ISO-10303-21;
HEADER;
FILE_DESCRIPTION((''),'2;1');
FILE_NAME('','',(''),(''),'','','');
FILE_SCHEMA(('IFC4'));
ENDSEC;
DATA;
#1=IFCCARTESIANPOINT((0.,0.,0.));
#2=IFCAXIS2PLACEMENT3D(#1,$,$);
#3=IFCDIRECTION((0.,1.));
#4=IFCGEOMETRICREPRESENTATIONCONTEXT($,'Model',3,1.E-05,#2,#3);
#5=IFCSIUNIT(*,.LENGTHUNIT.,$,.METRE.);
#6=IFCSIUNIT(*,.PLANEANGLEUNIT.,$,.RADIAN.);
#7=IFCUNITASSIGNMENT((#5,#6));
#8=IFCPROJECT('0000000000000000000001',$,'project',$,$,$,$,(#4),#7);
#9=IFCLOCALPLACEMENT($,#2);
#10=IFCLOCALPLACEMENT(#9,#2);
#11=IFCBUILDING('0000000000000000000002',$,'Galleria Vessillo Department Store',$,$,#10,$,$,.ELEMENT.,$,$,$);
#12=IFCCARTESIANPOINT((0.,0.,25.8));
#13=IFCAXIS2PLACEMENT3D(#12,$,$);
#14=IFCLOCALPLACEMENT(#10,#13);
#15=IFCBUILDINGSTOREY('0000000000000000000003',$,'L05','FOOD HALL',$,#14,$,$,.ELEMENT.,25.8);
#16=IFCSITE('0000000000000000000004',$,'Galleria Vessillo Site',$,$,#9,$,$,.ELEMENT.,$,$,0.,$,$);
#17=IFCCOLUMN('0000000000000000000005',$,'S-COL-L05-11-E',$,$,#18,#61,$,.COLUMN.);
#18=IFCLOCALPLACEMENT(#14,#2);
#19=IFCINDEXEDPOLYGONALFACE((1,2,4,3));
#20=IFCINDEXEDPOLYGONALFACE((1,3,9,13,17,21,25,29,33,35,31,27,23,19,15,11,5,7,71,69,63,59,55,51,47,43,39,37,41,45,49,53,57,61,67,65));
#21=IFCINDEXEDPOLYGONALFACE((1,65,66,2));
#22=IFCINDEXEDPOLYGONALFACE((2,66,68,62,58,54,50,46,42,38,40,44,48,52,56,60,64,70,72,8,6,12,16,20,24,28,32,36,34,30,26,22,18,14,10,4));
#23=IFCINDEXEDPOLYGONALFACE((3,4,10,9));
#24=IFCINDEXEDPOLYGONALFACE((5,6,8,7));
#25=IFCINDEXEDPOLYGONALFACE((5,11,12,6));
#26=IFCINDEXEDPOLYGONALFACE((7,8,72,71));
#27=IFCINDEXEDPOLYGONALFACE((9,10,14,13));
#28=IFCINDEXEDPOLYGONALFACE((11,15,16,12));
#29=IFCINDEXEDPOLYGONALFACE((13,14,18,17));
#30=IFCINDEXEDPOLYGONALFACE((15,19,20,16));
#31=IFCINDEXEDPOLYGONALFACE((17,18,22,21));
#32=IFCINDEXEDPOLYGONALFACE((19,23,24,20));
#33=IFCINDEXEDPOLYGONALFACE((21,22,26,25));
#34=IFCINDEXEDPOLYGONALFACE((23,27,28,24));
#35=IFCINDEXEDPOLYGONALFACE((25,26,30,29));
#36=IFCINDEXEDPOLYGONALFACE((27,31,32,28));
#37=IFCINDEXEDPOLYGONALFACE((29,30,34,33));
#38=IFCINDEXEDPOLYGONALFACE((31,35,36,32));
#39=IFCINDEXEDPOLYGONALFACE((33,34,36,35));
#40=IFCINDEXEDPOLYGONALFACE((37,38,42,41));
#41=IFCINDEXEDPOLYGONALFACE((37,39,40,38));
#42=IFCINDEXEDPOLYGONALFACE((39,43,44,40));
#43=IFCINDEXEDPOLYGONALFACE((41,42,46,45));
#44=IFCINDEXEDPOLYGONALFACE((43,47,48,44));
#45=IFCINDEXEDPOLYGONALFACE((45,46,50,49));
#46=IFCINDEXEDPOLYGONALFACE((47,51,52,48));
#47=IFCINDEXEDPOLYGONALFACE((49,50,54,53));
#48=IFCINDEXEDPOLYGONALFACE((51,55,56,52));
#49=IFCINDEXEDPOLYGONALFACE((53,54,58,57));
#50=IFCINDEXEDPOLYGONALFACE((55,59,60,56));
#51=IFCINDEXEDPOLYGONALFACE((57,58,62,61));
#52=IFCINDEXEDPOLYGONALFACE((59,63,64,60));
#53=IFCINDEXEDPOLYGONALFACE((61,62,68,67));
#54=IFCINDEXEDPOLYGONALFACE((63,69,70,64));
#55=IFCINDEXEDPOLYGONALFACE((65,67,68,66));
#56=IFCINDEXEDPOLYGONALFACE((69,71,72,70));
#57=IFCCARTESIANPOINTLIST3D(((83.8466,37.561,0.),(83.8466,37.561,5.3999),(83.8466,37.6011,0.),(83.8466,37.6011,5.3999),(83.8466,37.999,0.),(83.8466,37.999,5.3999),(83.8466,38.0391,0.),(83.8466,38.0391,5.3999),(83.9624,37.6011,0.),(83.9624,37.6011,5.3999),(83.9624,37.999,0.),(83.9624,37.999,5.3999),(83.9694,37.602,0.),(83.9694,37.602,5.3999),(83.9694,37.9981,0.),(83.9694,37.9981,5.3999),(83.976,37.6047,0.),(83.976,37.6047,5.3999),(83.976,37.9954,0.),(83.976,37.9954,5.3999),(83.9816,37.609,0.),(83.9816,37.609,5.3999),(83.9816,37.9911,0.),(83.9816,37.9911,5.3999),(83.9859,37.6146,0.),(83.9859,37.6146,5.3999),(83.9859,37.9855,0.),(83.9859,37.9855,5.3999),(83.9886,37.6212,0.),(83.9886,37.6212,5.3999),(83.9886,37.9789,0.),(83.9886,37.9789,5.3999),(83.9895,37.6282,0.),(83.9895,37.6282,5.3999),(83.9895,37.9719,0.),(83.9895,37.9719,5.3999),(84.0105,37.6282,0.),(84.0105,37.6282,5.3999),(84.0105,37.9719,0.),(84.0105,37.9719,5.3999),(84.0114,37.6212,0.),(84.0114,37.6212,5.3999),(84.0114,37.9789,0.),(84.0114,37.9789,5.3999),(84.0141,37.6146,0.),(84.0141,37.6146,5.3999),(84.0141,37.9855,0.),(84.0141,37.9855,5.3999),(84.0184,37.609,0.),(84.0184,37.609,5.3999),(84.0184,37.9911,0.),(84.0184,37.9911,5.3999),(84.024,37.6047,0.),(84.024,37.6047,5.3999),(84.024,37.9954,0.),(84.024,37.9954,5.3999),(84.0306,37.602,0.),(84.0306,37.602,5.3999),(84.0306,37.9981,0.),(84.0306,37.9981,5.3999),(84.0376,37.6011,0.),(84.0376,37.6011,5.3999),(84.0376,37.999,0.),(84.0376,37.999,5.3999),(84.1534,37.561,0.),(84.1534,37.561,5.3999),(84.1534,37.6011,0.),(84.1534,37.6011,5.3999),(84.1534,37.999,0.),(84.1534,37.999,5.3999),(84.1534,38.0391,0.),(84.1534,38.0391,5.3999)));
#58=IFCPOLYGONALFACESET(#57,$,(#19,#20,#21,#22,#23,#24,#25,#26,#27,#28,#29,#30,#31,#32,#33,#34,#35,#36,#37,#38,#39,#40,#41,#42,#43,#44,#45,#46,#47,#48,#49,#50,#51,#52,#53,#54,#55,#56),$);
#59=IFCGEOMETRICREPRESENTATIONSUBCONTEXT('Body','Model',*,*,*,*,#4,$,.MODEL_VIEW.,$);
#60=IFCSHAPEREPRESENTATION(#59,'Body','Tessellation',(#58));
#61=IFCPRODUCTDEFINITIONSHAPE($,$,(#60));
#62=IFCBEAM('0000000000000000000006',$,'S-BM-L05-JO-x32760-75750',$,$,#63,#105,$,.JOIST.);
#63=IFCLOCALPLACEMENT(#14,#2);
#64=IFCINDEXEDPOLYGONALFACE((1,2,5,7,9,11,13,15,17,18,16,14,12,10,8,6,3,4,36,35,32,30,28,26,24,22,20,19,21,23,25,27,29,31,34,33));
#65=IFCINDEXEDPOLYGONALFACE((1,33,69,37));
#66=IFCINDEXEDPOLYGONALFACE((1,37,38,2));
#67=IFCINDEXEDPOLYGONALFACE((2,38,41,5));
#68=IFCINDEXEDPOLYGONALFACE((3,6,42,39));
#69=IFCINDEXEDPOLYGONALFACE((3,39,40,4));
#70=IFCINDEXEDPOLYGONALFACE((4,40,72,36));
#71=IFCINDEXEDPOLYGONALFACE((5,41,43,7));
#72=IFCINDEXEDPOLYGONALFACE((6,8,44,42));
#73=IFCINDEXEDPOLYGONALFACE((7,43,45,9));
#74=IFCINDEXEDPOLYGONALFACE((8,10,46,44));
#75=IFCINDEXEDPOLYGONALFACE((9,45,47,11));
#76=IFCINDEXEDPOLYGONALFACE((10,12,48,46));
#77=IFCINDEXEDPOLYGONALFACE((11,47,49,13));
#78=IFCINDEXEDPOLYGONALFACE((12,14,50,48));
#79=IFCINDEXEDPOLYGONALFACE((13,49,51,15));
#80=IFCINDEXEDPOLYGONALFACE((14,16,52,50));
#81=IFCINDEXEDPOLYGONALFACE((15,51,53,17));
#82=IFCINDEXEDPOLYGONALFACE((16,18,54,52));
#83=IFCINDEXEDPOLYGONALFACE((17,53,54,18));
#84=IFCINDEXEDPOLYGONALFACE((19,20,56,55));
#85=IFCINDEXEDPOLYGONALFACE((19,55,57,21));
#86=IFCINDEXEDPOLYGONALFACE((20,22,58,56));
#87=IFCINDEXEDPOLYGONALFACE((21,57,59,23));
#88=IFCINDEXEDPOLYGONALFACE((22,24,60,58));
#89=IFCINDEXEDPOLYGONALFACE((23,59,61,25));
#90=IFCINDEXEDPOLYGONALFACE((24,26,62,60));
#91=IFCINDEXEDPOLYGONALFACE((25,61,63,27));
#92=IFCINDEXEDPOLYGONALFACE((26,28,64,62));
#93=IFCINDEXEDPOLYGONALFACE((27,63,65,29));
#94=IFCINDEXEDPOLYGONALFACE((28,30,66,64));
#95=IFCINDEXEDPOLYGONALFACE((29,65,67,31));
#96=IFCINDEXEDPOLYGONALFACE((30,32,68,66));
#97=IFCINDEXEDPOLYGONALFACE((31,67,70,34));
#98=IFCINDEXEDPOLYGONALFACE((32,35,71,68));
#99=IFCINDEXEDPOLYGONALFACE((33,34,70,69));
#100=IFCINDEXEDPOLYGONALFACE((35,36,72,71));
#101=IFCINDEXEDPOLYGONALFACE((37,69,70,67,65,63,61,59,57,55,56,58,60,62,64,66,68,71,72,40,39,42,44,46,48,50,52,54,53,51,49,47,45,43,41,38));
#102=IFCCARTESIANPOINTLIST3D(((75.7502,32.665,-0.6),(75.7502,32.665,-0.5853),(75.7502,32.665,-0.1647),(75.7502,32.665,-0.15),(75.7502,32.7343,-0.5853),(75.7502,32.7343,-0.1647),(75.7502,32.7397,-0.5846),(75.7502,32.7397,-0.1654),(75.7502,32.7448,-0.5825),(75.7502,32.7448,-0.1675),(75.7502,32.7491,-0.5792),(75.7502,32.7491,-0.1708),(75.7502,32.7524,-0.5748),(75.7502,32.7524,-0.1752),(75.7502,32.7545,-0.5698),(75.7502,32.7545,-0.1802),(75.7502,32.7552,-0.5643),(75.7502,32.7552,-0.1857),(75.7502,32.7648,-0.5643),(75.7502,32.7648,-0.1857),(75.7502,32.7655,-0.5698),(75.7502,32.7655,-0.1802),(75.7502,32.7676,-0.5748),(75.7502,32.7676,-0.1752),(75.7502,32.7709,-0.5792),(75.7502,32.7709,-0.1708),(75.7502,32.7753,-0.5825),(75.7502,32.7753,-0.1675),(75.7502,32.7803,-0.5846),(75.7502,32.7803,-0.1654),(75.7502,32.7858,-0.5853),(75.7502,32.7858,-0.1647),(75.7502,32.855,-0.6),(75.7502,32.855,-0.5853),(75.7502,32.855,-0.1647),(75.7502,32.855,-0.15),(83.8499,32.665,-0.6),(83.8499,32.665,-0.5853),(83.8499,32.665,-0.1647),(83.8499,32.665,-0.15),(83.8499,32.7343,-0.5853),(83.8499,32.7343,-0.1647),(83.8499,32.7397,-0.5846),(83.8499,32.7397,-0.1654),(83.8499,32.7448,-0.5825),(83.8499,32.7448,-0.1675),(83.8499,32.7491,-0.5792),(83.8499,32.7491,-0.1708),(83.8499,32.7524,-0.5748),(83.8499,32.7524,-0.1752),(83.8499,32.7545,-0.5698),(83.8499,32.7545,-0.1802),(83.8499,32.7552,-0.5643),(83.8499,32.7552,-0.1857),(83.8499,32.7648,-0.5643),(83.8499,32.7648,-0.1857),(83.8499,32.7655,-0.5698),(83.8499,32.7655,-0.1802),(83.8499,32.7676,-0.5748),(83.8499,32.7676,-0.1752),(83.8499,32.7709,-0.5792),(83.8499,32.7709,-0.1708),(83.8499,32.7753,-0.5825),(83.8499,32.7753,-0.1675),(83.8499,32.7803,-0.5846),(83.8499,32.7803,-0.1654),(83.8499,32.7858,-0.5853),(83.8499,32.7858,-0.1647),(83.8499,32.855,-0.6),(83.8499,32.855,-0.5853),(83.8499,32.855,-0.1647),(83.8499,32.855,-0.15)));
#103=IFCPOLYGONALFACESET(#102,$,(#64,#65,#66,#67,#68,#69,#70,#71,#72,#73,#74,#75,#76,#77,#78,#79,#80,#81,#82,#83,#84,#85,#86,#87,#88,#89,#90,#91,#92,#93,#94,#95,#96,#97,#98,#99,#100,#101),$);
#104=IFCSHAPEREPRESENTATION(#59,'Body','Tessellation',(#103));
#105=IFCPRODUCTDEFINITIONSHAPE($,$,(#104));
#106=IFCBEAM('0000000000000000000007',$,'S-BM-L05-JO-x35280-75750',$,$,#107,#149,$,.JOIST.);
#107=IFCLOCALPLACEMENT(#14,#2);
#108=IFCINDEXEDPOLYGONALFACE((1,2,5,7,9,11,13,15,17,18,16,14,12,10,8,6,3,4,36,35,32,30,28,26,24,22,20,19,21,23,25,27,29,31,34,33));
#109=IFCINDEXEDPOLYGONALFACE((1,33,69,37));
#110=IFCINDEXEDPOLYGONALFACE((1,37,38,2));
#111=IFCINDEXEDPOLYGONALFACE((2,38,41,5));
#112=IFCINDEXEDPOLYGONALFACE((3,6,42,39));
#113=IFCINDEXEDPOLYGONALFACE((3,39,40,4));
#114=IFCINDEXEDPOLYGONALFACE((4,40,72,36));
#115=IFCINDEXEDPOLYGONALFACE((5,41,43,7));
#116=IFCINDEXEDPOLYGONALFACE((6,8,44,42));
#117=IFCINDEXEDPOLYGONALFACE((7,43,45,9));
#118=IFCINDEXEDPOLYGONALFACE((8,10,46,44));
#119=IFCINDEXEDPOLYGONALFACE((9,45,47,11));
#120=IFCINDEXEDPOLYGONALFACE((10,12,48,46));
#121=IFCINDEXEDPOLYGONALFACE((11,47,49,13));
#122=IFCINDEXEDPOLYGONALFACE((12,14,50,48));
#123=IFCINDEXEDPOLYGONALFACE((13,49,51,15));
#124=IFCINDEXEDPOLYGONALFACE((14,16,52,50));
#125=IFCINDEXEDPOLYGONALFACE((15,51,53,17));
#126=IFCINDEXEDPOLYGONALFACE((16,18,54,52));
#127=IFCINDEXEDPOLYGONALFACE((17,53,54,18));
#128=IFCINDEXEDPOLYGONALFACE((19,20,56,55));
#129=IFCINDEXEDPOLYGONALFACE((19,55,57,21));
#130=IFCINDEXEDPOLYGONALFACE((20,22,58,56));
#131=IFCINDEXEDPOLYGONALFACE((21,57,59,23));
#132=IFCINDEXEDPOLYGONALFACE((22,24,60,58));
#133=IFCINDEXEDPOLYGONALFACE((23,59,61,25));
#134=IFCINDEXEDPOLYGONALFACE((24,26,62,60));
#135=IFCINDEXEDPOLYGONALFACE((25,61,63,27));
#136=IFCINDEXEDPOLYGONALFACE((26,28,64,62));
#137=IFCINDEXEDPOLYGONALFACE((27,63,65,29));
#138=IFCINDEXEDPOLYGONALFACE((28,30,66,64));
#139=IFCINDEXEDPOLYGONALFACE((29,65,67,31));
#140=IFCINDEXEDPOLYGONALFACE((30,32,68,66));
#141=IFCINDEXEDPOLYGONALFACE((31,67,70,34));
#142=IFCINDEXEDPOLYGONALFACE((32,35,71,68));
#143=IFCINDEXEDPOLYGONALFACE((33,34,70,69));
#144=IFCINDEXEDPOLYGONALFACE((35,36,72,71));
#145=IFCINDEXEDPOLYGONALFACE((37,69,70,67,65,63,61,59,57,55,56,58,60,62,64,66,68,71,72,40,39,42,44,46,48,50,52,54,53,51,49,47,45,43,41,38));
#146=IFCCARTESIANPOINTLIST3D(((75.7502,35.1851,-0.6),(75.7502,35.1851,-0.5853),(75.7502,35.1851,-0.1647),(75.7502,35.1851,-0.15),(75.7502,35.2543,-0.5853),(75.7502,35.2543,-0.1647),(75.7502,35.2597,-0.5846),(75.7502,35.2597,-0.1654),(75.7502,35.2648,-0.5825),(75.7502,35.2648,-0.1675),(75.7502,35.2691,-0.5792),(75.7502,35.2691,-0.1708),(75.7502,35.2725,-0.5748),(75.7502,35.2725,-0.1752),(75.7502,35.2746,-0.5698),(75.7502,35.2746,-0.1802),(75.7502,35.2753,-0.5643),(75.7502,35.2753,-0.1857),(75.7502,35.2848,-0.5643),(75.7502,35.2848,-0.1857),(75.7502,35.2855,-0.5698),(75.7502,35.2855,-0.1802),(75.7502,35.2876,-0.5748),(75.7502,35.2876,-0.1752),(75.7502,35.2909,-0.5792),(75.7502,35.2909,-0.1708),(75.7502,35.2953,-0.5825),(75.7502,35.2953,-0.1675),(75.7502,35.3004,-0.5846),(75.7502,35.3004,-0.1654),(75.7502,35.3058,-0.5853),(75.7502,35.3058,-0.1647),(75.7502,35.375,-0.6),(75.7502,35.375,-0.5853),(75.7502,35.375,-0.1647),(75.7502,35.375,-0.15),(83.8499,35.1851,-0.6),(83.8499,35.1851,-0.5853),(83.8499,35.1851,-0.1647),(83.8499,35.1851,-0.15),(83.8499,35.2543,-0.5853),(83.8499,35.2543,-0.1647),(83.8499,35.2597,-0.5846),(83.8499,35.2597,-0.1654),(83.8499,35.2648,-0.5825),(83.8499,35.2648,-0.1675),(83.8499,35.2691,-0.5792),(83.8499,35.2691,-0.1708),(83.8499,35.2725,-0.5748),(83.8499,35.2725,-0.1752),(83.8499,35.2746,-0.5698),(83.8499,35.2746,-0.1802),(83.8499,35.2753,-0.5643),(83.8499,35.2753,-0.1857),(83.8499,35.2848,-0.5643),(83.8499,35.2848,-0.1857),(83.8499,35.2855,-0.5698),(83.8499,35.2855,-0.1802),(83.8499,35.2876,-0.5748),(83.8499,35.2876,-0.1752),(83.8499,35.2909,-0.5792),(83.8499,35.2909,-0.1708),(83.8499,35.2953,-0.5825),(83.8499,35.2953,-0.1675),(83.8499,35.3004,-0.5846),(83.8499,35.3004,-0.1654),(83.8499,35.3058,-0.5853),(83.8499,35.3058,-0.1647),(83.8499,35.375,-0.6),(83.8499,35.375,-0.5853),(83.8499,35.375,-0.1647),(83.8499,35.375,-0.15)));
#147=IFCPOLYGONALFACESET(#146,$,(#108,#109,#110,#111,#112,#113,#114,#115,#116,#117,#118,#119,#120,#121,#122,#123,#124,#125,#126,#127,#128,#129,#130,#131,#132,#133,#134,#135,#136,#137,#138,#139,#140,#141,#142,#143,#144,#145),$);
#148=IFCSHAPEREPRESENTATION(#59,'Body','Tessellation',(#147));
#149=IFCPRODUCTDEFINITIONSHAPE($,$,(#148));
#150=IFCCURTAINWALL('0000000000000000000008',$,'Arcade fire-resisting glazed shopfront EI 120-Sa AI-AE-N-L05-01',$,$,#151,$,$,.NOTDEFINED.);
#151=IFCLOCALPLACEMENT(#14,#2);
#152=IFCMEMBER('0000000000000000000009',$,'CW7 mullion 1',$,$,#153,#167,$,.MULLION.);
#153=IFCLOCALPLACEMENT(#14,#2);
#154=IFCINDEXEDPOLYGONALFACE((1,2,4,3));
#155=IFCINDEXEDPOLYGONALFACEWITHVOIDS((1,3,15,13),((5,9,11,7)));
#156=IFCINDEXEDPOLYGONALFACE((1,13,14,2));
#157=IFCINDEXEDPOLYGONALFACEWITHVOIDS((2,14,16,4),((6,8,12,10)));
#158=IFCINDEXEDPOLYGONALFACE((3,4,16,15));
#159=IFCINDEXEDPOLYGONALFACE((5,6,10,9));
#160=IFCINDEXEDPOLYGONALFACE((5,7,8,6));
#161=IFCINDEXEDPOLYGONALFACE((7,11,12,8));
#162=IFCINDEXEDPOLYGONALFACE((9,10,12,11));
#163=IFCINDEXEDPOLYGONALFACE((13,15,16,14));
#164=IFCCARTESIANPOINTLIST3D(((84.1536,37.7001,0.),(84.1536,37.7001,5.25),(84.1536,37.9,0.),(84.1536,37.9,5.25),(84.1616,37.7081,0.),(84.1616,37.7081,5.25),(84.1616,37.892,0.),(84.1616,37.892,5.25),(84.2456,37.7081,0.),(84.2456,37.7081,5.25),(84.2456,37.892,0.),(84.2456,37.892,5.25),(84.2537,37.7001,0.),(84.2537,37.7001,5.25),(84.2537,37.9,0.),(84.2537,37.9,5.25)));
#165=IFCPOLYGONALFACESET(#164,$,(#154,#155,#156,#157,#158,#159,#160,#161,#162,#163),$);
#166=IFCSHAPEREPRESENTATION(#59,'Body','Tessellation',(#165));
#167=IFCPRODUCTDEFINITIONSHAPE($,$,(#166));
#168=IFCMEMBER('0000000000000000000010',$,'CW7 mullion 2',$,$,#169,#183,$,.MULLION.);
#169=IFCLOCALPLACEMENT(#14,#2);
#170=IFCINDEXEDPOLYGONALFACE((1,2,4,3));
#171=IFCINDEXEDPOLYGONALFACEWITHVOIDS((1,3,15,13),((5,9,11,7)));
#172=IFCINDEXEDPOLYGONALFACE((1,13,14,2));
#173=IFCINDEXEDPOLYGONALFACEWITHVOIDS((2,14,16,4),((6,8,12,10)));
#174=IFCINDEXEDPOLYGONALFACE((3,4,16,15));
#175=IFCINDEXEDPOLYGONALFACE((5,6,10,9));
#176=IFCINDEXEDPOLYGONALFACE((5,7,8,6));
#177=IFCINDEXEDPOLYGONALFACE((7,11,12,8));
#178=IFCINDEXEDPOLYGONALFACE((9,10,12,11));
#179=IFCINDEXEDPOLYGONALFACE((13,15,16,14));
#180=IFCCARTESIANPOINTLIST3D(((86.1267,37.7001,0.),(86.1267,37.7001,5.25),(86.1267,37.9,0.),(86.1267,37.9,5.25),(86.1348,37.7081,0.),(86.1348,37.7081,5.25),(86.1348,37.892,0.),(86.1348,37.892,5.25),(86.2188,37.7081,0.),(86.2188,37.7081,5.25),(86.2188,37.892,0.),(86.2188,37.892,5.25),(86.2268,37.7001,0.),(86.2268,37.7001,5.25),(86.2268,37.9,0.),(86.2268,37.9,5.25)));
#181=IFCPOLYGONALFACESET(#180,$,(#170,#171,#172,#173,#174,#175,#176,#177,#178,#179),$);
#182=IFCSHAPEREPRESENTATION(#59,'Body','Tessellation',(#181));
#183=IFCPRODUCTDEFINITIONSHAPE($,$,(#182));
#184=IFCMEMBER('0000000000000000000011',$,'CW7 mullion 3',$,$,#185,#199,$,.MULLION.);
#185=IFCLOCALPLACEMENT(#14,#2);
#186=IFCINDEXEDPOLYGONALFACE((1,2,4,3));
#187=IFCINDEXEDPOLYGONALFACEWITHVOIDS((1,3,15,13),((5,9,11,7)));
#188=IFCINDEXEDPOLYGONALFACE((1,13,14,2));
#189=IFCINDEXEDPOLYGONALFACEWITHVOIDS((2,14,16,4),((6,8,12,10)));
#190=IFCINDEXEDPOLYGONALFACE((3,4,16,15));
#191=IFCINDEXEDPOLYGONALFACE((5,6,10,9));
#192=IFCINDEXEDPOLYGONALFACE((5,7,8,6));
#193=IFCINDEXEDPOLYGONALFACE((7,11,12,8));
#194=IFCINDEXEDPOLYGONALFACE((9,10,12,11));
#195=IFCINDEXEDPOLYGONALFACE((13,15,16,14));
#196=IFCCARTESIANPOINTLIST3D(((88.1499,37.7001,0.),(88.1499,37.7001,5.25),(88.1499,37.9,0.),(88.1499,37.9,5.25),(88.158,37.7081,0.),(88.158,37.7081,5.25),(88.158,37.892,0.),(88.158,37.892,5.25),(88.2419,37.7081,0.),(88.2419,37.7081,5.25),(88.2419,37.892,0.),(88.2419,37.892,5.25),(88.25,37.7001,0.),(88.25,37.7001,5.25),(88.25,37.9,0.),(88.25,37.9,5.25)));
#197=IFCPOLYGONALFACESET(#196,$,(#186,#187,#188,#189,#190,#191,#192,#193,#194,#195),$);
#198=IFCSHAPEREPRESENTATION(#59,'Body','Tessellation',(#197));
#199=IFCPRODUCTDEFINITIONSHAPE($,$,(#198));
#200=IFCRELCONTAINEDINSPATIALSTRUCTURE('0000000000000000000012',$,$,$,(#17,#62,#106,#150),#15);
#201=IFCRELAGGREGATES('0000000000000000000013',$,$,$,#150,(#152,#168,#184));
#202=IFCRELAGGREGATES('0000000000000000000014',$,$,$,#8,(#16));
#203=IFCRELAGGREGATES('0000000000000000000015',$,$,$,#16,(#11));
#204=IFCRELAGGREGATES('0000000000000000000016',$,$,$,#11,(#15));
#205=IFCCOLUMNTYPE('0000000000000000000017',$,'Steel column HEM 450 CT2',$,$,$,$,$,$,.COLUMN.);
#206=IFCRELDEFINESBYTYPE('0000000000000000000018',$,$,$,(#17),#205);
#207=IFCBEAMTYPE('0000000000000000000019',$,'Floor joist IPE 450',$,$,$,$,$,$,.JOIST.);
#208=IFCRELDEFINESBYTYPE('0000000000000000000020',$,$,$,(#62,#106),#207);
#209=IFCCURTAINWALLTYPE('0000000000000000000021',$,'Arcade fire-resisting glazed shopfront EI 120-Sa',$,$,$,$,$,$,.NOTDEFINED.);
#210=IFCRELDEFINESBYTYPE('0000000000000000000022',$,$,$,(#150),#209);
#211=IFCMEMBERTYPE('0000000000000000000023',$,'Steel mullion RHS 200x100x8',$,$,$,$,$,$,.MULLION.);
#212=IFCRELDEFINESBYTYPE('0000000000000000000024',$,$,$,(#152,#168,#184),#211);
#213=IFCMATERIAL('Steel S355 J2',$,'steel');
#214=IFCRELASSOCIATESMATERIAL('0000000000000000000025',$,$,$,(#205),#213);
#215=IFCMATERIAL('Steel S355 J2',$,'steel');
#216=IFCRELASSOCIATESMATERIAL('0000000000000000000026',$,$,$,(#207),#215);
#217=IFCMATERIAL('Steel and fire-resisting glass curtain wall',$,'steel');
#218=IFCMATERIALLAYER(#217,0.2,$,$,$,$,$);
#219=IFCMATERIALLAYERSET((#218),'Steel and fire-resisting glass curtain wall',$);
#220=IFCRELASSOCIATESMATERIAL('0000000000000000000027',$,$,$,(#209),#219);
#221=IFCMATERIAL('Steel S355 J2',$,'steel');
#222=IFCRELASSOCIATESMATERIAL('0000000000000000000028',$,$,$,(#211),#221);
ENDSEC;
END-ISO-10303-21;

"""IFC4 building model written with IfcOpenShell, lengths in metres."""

from ifc_helpers import new_model, si_unit, direction, frame, origin, origin_2d, place, context, subcontext, project, spatial, hollow_rectangle, i_section, extrude, material, layer, layer_set, material_profile, profile_set, type_object, element, aggregate, save


model = new_model("IFC4")

# Units and contexts
model_context = context("Model", 3, precision=1e-05, world=origin(), true_north=direction((0.0, 1.0)))
body_context = subcontext(model_context, "Body", "Model", "MODEL_VIEW")
ifc_project = project(units=[si_unit("LENGTHUNIT", "METRE"), si_unit("PLANEANGLEUNIT", "RADIAN")], contexts=[model_context])

# Site, building, storey
site_placement = place(None, origin())
site = spatial("IfcSite", under=ifc_project, at=site_placement, Name="Galleria Vessillo Site", CompositionType="ELEMENT", RefElevation=0.0)
building_placement = place(site_placement, origin())
building = spatial("IfcBuilding", under=site, at=building_placement, Name="Galleria Vessillo Department Store", CompositionType="ELEMENT")
storey_placement = place(building_placement, frame((0.0, 0.0, 25.8)))
storey = spatial("IfcBuildingStorey", under=building, at=storey_placement, Name="L05", Description="FOOD HALL", CompositionType="ELEMENT", Elevation=25.8)

# Column
ifc_material_1 = material(Name="Steel S355 J2", Category="steel")
ifc_material_profile_1 = material_profile(ifc_material_1, i_section(OverallWidth=0.3069, OverallDepth=0.478, WebThickness=0.021, FlangeThickness=0.04, FilletRadius=0.0271, at=origin_2d()), Name="HEM 450")
ifc_profile_set_1 = profile_set([ifc_material_profile_1], Name="Steel S355 J2")
column_type = type_object("IfcColumnType", Name="Steel column HEM 450 CT2", PredefinedType="COLUMN", material=ifc_profile_set_1)
column_placement = place(storey_placement, frame((84.0, 37.8, 0.0), z_axis=(0.0, 0.0, 1.0), x_axis=(1.0, 0.0, 0.0)))
element("IfcColumn", 1, at=column_placement, inside=storey, type_object=column_type, Name="S-COL-L05-11-E", PredefinedType="COLUMN", context=body_context, shape_type="SweptSolid", body=[
    extrude(i_section(OverallWidth=0.3069, OverallDepth=0.478, WebThickness=0.021, FlangeThickness=0.04, FilletRadius=0.0271, at=origin_2d()), origin(), (0.0, 0.0, 1.0), 5.3999),
])

# Beams
ifc_material_2 = material(Name="Steel S355 J2", Category="steel")
ifc_material_profile_2 = material_profile(ifc_material_2, i_section(OverallWidth=0.1899, OverallDepth=0.45, WebThickness=0.0095, FlangeThickness=0.0146, FilletRadius=0.021, at=origin_2d()), Name="IPE 450")
ifc_profile_set_2 = profile_set([ifc_material_profile_2], Name="Steel S355 J2")
beam_type_1 = type_object("IfcBeamType", Name="Floor joist IPE 450", PredefinedType="JOIST", material=ifc_profile_set_2)
for number, where, z_axis, x_axis, name in (
    (2, (75.7502, 32.76, -0.375), (1.0, 0.0, 0.0), (0.0, 1.0, 0.0), "S-BM-L05-JO-x32760-75750"),
    (3, (75.7502, 35.28, -0.375), (1.0, 0.0, 0.0), (0.0, 1.0, 0.0), "S-BM-L05-JO-x35280-75750"),
):
    element("IfcBeam", number, at=place(storey_placement, frame(where, z_axis=z_axis, x_axis=x_axis)), inside=storey, type_object=beam_type_1, Name=name, PredefinedType="JOIST", context=body_context, shape_type="SweptSolid", body=[
        extrude(i_section(OverallWidth=0.1899, OverallDepth=0.45, WebThickness=0.0095, FlangeThickness=0.0146, FilletRadius=0.021, at=origin_2d()), origin(), (0.0, 0.0, 1.0), 8.0996),
    ])

# Curtain wall, members
ifc_material_3 = material(Name="Steel and fire-resisting glass curtain wall", Category="steel")
ifc_layer_1 = layer(ifc_material_3, 0.2)
ifc_layer_set_1 = layer_set([ifc_layer_1], Name="Steel and fire-resisting glass curtain wall")
curtain_wall_type = type_object("IfcCurtainWallType", Name="Arcade fire-resisting glazed shopfront EI 120-Sa", PredefinedType="NOTDEFINED", material=ifc_layer_set_1)
curtain_wall_placement = place(storey_placement, origin())
curtain_wall = element("IfcCurtainWall", 4, at=curtain_wall_placement, inside=storey, type_object=curtain_wall_type, Name="Arcade fire-resisting glazed shopfront EI 120-Sa AI-AE-N-L05-01", PredefinedType="NOTDEFINED")
ifc_material_4 = material(Name="Steel S355 J2", Category="steel")
ifc_material_profile_3 = material_profile(ifc_material_4, hollow_rectangle(XDim=0.2, YDim=0.1001, WallThickness=0.0081, at=origin_2d()), Name="RHS 200x100x8")
ifc_profile_set_3 = profile_set([ifc_material_profile_3], Name="Steel S355 J2")
member_type_1 = type_object("IfcMemberType", Name="Steel mullion RHS 200x100x8", PredefinedType="MULLION", material=ifc_profile_set_3)
member_1_placement = place(storey_placement, frame((84.2036, 37.8, 0.0), z_axis=(0.0, 0.0, 1.0), x_axis=(0.0, 1.0, 0.0)))
member_1 = element("IfcMember", 5, at=member_1_placement, type_object=member_type_1, Name="CW7 mullion 1", PredefinedType="MULLION", context=body_context, shape_type="SweptSolid", body=[
    extrude(hollow_rectangle(XDim=0.2, YDim=0.1001, WallThickness=0.0081, at=origin_2d()), origin(), (0.0, 0.0, 1.0), 5.25),
])
member_2_placement = place(storey_placement, frame((86.1768, 37.8, 0.0), z_axis=(0.0, 0.0, 1.0), x_axis=(0.0, 1.0, 0.0)))
member_2 = element("IfcMember", 6, at=member_2_placement, type_object=member_type_1, Name="CW7 mullion 2", PredefinedType="MULLION", context=body_context, shape_type="SweptSolid", body=[
    extrude(hollow_rectangle(XDim=0.2, YDim=0.1001, WallThickness=0.0081, at=origin_2d()), origin(), (0.0, 0.0, 1.0), 5.25),
])
member_3_placement = place(storey_placement, frame((88.2, 37.8, 0.0), z_axis=(0.0, 0.0, 1.0), x_axis=(0.0, 1.0, 0.0)))
member_3 = element("IfcMember", 7, at=member_3_placement, type_object=member_type_1, Name="CW7 mullion 3", PredefinedType="MULLION", context=body_context, shape_type="SweptSolid", body=[
    extrude(hollow_rectangle(XDim=0.2, YDim=0.1001, WallThickness=0.0081, at=origin_2d()), origin(), (0.0, 0.0, 1.0), 5.25),
])

aggregate(curtain_wall, [member_1, member_2, member_3])

save(model, "model.ifc")
